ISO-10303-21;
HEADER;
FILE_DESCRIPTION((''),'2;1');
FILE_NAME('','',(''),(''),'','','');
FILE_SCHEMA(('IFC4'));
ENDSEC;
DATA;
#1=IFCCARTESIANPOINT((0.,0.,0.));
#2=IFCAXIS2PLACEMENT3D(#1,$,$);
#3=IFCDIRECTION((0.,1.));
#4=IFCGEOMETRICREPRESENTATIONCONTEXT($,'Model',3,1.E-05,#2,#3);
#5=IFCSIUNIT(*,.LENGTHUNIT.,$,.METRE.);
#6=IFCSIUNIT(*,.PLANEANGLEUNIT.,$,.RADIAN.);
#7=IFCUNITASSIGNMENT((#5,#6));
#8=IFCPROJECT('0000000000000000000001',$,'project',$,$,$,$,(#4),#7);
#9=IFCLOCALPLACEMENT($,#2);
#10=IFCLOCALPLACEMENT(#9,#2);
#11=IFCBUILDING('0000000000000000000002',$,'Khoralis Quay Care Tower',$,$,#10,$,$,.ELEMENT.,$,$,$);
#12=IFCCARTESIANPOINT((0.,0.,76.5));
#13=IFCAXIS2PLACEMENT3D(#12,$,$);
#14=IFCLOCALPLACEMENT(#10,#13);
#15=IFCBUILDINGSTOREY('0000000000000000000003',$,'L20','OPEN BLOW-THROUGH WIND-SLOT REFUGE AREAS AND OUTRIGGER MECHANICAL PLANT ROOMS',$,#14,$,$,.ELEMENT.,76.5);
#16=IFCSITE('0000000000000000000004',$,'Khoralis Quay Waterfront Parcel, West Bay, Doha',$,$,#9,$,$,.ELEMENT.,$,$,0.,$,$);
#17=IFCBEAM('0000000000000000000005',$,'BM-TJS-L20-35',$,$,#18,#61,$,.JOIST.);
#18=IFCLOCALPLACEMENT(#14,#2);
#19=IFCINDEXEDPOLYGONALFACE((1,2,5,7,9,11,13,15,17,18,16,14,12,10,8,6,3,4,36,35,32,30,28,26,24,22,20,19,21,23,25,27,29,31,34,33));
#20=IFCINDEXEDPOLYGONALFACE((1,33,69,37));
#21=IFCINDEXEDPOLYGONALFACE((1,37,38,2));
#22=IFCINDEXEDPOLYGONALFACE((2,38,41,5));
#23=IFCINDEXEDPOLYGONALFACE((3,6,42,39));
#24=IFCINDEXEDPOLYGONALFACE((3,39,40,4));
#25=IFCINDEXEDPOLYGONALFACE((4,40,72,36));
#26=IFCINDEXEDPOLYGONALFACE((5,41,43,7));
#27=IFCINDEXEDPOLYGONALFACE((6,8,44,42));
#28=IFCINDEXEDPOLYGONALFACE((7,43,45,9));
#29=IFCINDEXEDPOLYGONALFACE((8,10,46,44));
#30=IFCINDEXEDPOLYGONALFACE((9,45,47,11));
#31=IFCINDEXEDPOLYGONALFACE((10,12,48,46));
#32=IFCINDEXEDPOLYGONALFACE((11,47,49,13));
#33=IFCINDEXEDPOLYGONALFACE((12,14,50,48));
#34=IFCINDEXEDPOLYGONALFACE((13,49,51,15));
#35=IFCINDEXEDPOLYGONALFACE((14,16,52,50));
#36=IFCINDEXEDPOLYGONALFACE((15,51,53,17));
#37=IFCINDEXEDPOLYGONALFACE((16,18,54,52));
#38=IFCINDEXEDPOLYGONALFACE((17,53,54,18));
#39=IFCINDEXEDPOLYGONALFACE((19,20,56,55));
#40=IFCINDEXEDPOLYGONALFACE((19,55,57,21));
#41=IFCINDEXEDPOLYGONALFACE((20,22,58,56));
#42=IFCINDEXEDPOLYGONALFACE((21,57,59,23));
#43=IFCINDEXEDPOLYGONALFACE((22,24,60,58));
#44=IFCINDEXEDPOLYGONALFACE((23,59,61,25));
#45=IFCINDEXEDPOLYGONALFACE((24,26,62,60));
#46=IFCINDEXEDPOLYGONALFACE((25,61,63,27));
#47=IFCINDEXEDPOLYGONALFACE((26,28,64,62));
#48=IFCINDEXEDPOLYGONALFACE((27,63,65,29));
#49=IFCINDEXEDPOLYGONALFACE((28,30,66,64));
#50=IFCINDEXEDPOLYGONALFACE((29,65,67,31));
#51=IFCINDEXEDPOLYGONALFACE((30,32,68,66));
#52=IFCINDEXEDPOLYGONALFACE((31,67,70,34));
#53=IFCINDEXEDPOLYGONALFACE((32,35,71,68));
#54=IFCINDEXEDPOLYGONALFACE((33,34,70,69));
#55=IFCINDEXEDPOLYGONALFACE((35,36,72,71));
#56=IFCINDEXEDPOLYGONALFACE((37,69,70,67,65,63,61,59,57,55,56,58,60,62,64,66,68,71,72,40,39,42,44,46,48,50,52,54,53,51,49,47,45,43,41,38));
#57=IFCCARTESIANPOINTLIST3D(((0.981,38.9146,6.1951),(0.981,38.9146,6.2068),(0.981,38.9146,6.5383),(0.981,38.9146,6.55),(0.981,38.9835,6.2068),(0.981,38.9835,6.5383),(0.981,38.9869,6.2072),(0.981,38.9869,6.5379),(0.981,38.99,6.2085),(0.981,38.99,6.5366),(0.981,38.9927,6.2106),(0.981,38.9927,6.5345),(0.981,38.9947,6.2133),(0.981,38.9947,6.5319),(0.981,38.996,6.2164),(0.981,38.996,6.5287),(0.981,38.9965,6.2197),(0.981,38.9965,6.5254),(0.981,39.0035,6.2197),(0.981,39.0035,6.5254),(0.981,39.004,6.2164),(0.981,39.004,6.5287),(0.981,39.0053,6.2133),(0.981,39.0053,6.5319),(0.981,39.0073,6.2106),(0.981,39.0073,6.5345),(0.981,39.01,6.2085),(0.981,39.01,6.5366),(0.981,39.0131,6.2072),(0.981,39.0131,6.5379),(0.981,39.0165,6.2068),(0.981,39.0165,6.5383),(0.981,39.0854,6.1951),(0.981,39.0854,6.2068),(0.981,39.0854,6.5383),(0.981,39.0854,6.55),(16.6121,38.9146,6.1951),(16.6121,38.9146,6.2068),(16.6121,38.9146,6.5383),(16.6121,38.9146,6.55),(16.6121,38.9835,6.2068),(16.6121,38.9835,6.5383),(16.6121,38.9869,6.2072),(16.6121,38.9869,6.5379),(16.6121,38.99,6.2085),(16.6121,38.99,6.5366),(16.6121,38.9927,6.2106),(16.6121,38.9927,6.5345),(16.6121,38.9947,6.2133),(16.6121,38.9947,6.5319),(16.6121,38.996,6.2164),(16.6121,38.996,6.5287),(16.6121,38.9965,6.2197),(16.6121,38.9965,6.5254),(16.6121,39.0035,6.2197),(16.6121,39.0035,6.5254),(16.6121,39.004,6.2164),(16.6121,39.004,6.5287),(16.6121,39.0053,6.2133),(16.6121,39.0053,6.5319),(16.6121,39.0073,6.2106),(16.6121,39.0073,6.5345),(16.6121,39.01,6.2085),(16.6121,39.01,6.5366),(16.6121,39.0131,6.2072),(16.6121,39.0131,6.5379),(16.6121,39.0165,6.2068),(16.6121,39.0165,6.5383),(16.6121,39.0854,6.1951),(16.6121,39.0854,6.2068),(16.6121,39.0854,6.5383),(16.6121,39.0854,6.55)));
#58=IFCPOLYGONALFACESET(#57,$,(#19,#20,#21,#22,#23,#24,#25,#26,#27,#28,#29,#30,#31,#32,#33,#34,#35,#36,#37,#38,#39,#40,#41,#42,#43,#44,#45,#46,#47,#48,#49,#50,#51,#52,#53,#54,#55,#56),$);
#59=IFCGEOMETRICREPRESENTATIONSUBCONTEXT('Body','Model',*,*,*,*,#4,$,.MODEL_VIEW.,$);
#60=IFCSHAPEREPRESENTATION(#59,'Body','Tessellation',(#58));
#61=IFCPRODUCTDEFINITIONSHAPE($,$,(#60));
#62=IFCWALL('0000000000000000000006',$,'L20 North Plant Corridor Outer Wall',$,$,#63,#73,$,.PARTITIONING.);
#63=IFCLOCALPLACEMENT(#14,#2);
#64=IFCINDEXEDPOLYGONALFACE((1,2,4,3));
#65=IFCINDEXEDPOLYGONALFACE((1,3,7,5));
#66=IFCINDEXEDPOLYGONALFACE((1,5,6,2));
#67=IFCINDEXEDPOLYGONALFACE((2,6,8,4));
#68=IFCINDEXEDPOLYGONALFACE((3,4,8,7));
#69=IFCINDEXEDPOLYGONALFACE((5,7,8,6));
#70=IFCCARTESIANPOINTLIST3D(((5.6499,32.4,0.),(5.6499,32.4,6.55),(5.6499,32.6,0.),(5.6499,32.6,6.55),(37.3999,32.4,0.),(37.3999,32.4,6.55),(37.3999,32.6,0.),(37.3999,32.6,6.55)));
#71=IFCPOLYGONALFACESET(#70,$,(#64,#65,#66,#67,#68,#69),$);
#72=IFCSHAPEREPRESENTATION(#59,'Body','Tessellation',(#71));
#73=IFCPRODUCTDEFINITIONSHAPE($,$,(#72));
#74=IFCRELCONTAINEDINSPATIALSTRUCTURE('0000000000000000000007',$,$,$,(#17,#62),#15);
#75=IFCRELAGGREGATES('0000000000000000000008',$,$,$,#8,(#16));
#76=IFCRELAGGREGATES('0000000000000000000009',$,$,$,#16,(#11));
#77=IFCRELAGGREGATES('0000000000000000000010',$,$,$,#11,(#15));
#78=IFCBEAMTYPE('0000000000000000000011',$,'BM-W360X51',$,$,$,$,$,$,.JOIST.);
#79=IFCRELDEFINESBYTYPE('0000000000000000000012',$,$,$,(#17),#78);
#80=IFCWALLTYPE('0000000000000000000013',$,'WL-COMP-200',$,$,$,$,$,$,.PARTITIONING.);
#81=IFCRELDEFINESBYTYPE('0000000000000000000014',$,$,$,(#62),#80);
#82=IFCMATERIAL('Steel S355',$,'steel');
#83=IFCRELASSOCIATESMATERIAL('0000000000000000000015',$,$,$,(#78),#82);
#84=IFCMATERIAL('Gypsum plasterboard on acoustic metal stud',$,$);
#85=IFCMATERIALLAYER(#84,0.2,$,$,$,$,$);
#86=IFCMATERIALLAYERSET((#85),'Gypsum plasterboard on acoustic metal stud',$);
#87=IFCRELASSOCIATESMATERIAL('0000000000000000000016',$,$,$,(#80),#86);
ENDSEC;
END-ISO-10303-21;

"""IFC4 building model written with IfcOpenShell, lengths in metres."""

from ifc_helpers import new_model, si_unit, direction, frame, frame_2d, origin, origin_2d, place, context, subcontext, project, spatial, rectangle, i_section, extrude, source, transform, mapped, material, layer, layer_set, material_profile, profile_set, type_object, element, save


model = new_model("IFC4")

# Units and contexts
model_context = context("Model", 3, precision=1e-05, world=origin(), true_north=direction((0.0, 1.0)))
body_context = subcontext(model_context, "Body", "Model", "MODEL_VIEW")
ifc_project = project(units=[si_unit("LENGTHUNIT", "METRE"), si_unit("PLANEANGLEUNIT", "RADIAN")], contexts=[model_context])

# Site, building, storey
site_placement = place(None, origin())
site = spatial("IfcSite", under=ifc_project, at=site_placement, Name="Khoralis Quay Waterfront Parcel, West Bay, Doha", CompositionType="ELEMENT", RefElevation=0.0)
building_placement = place(site_placement, origin())
building = spatial("IfcBuilding", under=site, at=building_placement, Name="Khoralis Quay Care Tower", CompositionType="ELEMENT")
storey_placement = place(building_placement, frame((0.0, 0.0, 76.5)))
storey = spatial("IfcBuildingStorey", under=building, at=storey_placement, Name="L20", Description="OPEN BLOW-THROUGH WIND-SLOT REFUGE AREAS AND OUTRIGGER MECHANICAL PLANT ROOMS", CompositionType="ELEMENT", Elevation=76.5)

# Beam
ifc_material_1 = material(Name="Steel S355", Category="steel")
ifc_material_profile_1 = material_profile(ifc_material_1, i_section(OverallWidth=0.1709, OverallDepth=0.355, WebThickness=0.0071, FlangeThickness=0.0117, FilletRadius=0.0129, at=origin_2d()), Name="Steel S355")
ifc_profile_set_1 = profile_set([ifc_material_profile_1], Name="Steel S355")
beam_type_1 = type_object("IfcBeamType", Name="BM-W360X51", PredefinedType="JOIST", material=ifc_profile_set_1)
shared_shape_1 = source(origin(), body_context, "Body", "SweptSolid", [
    extrude(i_section(OverallWidth=0.1709, OverallDepth=0.355, WebThickness=0.0071, FlangeThickness=0.0117, FilletRadius=0.0129, at=origin_2d()), origin(), (0.0, 0.0, 1.0), 15.6311),
])
for number, where, z_axis, x_axis, name in (
    (1, (0.981, 39.0, 6.3726), (1.0, 0.0, 0.0), (0.0, 1.0, 0.0), "BM-TJS-L20-35"),
):
    element("IfcBeam", number, at=place(storey_placement, frame(where, z_axis=z_axis, x_axis=x_axis)), inside=storey, type_object=beam_type_1, Name=name, PredefinedType="JOIST", context=body_context, shape_type="MappedRepresentation", body=[
        mapped(shared_shape_1, transform((0.0, 0.0, 0.0), scale=1.0)),
    ])

# Wall
ifc_material_2 = material(Name="Gypsum plasterboard on acoustic metal stud")
ifc_layer = layer(ifc_material_2, 0.2)
ifc_layer_set = layer_set([ifc_layer], Name="Gypsum plasterboard on acoustic metal stud")
wall_type = type_object("IfcWallType", Name="WL-COMP-200", PredefinedType="PARTITIONING", material=ifc_layer_set)
wall_placement = place(storey_placement, frame((5.6499, 32.5, 0.0), z_axis=(0.0, 0.0, 1.0), x_axis=(1.0, 0.0, 0.0)))
element("IfcWall", 2, at=wall_placement, inside=storey, type_object=wall_type, Name="L20 North Plant Corridor Outer Wall", PredefinedType="PARTITIONING", context=body_context, shape_type="SweptSolid", body=[
    extrude(rectangle(XDim=31.75, YDim=0.2, at=frame_2d((15.875, 0.0))), origin(), (0.0, 0.0, 1.0), 6.55),
])

save(model, "model.ifc")
